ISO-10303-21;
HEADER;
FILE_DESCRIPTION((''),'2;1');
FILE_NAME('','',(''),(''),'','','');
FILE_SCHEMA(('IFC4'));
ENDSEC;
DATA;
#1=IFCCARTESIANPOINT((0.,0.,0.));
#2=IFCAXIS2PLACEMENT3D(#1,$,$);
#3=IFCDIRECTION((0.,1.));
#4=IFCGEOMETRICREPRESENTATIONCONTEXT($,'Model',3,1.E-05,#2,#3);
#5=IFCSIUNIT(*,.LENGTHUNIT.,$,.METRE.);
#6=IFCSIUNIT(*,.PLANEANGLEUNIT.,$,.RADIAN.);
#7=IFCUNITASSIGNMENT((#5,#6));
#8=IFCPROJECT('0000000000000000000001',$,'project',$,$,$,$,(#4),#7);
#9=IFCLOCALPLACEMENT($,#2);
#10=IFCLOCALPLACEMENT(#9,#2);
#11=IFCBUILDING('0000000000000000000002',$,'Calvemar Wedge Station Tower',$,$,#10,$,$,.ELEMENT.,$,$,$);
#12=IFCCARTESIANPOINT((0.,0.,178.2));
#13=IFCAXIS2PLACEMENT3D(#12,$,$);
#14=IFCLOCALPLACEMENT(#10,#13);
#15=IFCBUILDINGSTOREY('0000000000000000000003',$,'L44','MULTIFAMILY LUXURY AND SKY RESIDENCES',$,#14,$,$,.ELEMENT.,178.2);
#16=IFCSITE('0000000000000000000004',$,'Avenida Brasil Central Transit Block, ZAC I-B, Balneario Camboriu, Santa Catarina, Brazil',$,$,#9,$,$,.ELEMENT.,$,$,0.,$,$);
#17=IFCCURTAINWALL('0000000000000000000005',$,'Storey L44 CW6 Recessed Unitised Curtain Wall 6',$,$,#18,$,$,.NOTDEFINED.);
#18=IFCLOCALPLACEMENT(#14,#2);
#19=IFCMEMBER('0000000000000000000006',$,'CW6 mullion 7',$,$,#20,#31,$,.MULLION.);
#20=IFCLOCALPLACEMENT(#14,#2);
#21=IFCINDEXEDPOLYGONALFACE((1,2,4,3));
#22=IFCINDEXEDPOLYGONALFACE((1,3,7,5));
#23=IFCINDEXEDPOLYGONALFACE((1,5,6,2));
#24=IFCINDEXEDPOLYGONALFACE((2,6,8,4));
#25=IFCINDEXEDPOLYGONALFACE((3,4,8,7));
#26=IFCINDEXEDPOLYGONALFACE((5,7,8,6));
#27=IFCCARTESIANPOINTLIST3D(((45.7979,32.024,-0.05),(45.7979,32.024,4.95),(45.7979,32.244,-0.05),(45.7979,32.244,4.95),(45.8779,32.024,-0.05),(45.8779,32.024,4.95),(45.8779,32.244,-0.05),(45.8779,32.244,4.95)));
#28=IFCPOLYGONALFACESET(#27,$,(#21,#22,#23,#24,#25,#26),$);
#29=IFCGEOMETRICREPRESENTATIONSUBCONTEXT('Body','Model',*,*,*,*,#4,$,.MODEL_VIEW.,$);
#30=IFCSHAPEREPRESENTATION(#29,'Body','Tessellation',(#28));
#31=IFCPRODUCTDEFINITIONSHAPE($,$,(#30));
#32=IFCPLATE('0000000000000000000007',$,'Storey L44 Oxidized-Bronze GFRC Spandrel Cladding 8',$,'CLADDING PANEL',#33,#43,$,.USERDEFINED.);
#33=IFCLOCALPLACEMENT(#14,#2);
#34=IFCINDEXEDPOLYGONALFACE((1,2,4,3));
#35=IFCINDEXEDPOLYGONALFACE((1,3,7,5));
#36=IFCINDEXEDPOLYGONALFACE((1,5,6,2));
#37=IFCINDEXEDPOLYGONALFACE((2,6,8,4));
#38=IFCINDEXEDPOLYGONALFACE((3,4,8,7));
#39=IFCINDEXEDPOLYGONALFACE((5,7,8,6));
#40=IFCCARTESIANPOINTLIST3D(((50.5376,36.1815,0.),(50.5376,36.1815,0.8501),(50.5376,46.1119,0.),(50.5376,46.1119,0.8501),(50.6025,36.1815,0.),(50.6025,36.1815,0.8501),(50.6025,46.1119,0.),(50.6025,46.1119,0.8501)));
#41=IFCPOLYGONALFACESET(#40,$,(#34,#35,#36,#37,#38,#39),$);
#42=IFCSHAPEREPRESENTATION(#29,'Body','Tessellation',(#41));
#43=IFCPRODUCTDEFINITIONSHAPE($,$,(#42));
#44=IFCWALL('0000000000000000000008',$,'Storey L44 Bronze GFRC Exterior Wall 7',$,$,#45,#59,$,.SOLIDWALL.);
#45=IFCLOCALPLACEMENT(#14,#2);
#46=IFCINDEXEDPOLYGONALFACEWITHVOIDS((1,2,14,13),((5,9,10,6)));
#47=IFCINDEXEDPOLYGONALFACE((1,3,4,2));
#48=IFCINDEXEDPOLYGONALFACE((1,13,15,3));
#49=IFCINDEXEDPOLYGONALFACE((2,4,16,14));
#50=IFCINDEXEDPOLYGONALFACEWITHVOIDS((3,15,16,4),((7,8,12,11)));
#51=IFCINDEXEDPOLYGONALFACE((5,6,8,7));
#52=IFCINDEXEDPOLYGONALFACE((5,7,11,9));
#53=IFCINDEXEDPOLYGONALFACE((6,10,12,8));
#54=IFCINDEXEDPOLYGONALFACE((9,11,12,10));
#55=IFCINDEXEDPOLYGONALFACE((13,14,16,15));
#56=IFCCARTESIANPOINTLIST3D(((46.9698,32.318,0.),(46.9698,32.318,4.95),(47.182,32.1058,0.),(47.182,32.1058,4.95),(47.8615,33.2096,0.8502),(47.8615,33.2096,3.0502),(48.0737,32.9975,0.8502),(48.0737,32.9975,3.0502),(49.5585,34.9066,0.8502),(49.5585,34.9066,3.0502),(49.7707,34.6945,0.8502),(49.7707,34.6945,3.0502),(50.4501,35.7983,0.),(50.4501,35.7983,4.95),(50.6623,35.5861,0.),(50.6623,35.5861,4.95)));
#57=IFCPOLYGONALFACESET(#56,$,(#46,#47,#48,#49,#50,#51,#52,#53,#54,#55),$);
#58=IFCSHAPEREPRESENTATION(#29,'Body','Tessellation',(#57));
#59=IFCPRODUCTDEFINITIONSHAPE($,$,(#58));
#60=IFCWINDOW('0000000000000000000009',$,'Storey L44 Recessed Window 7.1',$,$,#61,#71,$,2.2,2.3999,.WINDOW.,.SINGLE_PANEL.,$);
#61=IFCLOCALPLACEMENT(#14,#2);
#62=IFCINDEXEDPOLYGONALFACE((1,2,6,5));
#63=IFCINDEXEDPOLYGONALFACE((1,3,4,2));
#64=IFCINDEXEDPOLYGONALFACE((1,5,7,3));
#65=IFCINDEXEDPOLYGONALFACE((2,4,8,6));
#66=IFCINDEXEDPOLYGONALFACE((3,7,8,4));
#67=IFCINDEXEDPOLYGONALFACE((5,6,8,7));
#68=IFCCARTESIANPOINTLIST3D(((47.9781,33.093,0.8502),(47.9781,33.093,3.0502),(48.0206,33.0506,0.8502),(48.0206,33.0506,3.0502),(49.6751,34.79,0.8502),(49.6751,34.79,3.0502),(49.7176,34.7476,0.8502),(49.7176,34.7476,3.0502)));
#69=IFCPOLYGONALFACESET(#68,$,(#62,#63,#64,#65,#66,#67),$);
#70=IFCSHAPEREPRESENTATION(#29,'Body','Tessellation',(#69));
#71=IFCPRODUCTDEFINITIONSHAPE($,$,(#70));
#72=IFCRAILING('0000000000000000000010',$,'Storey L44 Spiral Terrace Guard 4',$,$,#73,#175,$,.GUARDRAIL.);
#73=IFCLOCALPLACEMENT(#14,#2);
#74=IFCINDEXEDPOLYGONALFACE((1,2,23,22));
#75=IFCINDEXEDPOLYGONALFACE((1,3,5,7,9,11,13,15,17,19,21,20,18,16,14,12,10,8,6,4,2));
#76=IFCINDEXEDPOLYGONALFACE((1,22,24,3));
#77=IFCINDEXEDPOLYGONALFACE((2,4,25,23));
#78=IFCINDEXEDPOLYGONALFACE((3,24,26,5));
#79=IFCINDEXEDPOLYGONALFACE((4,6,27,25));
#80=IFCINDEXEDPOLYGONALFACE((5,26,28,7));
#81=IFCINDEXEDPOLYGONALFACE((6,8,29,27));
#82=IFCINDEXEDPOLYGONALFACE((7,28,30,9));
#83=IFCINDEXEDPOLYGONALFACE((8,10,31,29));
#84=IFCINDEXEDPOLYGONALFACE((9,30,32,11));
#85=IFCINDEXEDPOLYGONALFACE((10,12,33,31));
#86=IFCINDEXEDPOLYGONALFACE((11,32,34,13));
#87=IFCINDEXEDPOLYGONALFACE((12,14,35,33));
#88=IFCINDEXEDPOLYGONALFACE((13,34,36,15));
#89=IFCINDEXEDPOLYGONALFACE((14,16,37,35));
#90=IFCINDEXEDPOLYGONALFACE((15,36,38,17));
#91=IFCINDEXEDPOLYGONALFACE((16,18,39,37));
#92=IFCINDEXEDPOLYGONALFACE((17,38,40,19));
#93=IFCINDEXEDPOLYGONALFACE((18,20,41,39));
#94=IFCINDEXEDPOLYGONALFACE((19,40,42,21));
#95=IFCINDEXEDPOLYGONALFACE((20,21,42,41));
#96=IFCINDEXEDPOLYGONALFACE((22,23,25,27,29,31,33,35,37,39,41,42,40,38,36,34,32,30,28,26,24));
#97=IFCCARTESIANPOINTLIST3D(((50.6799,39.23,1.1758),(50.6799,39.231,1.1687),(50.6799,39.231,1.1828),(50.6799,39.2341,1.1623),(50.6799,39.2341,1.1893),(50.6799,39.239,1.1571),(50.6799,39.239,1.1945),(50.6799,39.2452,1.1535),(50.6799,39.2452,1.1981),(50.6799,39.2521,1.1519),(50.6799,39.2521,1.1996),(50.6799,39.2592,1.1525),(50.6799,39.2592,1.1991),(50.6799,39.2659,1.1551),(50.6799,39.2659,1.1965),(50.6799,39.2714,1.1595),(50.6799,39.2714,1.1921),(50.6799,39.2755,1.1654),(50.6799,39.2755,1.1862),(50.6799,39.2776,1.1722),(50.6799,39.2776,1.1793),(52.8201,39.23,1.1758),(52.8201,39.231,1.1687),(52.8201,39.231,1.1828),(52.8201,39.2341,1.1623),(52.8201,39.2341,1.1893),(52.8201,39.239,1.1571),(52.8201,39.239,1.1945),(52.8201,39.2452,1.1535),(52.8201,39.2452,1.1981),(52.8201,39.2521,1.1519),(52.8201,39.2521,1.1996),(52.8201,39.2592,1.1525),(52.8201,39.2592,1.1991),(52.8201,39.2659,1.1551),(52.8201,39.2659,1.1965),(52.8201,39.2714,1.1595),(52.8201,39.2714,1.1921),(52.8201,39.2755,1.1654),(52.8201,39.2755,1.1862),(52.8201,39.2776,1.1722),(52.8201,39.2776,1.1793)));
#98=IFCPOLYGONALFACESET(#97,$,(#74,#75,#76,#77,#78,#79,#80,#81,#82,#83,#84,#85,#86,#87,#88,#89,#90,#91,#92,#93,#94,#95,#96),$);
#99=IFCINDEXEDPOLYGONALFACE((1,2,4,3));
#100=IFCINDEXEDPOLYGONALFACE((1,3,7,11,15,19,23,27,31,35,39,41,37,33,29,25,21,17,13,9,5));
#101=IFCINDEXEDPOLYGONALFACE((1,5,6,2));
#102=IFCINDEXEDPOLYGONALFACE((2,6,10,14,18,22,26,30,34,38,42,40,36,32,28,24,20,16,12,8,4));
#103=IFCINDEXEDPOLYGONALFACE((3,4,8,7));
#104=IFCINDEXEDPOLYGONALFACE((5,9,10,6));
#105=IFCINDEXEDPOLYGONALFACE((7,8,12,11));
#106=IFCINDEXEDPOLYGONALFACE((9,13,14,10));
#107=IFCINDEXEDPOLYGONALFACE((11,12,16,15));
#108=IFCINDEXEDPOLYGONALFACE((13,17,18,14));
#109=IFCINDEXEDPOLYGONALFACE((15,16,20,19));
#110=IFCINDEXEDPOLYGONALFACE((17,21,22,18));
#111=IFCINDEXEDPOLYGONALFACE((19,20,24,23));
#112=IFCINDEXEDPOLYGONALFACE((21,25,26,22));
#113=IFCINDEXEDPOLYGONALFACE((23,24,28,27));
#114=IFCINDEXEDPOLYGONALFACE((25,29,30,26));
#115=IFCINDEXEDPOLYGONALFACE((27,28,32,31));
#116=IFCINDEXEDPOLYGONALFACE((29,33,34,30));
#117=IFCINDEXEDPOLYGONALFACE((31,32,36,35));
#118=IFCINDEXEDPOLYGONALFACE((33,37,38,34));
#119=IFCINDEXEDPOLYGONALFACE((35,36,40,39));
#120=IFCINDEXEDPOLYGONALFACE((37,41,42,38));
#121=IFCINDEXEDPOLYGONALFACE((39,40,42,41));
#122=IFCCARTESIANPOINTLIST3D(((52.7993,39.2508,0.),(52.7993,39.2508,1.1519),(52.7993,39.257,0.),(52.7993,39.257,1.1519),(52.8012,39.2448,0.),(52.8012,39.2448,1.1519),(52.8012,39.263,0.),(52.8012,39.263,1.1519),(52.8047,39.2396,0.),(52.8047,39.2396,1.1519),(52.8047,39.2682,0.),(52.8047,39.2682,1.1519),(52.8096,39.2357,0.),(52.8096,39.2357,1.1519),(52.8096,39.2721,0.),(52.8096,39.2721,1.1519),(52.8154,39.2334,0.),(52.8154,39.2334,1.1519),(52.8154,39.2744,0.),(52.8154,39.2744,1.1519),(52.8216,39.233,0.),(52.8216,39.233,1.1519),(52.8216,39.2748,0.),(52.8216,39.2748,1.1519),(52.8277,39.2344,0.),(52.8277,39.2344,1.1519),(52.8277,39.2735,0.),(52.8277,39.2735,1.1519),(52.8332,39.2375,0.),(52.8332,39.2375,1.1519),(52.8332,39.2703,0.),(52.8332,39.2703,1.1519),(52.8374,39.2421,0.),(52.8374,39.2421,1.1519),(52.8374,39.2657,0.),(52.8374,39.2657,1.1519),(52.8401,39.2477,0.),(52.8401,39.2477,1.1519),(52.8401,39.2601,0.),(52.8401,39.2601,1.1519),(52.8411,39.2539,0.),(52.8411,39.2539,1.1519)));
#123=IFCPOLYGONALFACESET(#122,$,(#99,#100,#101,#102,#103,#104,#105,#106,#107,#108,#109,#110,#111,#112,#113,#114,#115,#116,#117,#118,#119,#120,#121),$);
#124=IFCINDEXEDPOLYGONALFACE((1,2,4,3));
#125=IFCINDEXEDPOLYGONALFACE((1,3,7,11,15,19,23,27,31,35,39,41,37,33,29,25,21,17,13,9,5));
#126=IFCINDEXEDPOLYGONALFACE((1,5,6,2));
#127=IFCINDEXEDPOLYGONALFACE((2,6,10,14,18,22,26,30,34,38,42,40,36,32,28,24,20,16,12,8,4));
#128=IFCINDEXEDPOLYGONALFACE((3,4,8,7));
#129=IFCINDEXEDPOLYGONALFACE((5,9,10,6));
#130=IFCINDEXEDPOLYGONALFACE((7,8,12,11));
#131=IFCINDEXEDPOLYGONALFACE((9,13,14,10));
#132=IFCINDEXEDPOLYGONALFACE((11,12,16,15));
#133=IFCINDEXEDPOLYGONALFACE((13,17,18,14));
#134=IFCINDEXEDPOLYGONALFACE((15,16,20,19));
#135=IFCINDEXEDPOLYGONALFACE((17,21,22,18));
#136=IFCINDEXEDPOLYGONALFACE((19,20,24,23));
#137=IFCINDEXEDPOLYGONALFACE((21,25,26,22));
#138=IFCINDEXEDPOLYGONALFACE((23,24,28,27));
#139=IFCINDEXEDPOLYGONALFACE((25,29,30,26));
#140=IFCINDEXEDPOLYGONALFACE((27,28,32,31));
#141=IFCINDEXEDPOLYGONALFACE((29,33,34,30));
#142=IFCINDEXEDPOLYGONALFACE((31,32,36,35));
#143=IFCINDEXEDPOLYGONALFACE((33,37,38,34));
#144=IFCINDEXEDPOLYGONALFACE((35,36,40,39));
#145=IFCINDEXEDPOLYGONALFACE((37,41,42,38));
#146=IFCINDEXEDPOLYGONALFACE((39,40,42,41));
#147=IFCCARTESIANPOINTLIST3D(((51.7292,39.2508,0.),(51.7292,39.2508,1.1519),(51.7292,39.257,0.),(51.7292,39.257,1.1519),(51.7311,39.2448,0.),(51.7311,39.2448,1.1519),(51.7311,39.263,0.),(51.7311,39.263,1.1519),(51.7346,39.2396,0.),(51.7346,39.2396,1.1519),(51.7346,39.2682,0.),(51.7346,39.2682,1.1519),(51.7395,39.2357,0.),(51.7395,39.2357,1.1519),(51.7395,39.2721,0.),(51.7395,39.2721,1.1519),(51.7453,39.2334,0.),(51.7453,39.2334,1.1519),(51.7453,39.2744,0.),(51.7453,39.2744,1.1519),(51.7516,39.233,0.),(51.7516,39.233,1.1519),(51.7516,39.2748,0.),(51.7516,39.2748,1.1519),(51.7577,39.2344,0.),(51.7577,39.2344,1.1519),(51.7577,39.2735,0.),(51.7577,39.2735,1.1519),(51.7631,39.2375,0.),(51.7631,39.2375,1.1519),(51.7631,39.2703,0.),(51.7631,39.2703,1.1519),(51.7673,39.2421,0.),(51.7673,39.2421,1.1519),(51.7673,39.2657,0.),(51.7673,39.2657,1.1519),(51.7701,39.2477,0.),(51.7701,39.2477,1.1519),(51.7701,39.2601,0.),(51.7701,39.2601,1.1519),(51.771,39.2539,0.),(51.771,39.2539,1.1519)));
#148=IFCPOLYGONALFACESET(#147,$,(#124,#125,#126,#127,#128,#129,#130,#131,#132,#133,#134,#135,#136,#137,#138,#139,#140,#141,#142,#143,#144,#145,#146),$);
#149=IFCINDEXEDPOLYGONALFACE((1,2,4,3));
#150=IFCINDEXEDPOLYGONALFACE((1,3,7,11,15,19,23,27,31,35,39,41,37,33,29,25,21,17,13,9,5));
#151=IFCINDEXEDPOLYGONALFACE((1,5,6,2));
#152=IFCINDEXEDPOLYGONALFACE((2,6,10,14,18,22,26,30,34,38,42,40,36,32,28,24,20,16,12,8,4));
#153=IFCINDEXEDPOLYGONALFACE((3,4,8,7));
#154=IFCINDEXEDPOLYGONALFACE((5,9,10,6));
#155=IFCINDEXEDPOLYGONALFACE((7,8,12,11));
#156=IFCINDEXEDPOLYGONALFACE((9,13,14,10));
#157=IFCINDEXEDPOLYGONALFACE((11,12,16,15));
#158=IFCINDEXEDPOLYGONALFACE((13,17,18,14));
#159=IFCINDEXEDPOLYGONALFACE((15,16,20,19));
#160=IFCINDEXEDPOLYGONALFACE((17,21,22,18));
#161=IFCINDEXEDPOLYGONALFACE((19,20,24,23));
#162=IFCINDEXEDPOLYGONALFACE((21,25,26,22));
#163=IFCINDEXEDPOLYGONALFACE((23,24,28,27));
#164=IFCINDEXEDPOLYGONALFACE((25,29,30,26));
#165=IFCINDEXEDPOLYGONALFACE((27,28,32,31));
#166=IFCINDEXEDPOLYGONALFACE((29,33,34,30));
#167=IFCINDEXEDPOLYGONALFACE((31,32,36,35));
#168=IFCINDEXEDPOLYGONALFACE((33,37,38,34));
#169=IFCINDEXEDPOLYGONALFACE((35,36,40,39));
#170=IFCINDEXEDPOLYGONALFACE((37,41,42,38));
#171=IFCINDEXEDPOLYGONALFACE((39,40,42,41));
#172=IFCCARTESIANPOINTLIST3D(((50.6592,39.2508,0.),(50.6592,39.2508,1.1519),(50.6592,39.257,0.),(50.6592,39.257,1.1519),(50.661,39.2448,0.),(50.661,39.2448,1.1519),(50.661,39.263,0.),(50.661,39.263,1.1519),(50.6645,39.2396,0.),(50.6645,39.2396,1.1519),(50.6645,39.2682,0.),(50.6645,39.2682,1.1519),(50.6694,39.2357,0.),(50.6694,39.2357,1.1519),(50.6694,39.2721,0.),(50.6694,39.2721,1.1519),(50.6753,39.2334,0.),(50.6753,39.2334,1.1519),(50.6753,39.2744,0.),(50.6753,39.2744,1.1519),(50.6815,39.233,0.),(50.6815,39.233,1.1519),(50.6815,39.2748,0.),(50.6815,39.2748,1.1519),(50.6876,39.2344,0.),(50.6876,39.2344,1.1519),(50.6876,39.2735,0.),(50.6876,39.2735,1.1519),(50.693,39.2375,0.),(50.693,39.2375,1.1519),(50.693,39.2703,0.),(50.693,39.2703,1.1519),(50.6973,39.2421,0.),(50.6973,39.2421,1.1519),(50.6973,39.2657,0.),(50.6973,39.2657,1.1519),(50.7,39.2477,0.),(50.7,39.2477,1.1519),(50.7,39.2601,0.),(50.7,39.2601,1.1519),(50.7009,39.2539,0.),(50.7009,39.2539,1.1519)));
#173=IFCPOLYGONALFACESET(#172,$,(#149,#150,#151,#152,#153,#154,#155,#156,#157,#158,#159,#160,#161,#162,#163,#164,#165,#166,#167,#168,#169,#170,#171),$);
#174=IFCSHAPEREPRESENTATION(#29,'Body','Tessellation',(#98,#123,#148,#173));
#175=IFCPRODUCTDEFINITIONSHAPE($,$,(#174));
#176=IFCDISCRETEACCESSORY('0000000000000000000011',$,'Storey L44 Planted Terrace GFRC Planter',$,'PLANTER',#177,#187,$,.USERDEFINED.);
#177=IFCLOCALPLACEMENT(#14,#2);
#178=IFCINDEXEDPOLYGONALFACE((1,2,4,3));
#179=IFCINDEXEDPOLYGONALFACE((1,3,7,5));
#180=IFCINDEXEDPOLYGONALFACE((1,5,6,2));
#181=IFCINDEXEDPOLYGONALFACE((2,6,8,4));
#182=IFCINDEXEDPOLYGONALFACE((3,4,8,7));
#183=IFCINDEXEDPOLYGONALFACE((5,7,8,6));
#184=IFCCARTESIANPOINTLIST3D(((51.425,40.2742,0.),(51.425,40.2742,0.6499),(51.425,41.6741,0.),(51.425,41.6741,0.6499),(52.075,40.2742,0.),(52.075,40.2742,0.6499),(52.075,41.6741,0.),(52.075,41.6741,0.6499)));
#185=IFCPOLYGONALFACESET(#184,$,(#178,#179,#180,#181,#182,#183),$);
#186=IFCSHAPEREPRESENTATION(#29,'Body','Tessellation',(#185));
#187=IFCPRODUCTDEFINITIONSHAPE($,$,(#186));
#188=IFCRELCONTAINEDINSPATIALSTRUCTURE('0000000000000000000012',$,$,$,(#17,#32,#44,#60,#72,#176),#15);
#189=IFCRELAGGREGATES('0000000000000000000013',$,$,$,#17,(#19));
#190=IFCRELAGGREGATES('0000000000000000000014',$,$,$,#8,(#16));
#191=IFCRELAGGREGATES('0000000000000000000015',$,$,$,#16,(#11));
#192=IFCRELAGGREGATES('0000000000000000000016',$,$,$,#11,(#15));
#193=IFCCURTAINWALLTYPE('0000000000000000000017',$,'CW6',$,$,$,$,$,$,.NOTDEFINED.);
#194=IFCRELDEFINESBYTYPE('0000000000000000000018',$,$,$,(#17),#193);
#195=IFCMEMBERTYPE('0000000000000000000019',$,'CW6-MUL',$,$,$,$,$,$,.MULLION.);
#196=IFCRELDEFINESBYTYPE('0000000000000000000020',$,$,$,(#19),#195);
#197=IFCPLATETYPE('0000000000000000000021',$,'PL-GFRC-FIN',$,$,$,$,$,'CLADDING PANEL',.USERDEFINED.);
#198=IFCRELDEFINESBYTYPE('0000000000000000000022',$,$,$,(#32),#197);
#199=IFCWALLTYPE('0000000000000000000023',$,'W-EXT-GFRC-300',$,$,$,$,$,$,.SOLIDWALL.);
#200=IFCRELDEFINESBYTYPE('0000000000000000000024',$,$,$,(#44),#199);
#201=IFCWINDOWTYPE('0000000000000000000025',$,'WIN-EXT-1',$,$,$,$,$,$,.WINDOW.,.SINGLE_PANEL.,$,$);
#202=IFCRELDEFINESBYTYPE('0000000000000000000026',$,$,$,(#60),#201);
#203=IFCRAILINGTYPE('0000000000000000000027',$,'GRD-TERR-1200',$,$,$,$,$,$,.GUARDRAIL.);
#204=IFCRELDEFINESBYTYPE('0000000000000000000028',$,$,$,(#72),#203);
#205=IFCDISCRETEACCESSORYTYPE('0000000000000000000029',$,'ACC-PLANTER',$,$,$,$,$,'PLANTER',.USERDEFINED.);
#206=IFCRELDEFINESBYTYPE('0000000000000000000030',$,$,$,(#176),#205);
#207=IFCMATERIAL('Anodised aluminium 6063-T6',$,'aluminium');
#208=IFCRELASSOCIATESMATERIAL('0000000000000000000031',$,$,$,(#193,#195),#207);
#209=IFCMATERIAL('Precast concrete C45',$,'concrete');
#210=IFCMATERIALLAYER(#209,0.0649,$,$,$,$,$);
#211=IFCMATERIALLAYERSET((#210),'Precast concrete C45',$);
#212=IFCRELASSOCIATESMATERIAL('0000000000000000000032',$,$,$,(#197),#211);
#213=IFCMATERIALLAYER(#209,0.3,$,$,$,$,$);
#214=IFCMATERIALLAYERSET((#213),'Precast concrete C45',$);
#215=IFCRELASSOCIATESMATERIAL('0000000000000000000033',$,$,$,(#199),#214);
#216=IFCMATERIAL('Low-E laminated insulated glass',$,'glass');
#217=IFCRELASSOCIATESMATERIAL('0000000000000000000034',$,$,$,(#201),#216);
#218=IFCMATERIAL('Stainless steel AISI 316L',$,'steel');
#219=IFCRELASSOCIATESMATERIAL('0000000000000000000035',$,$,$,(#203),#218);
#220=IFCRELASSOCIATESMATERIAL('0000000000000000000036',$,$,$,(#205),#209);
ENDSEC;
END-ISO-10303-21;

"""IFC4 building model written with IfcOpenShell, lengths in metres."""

from ifc_helpers import new_model, si_unit, direction, frame, frame_2d, origin, origin_2d, place, context, subcontext, project, spatial, rectangle, circle, extrude, source, transform, mapped, material, layer, layer_set, material_profile, profile_set, type_object, element, fill, aggregate, save


model = new_model("IFC4")

# Units and contexts
model_context = context("Model", 3, precision=1e-05, world=origin(), true_north=direction((0.0, 1.0)))
body_context = subcontext(model_context, "Body", "Model", "MODEL_VIEW")
ifc_project = project(units=[si_unit("LENGTHUNIT", "METRE"), si_unit("PLANEANGLEUNIT", "RADIAN")], contexts=[model_context])

# Site, building, storey
site_placement = place(None, origin())
site = spatial("IfcSite", under=ifc_project, at=site_placement, Name="Avenida Brasil Central Transit Block, ZAC I-B, Balneario Camboriu, Santa Catarina, Brazil", CompositionType="ELEMENT", RefElevation=0.0)
building_placement = place(site_placement, origin())
building = spatial("IfcBuilding", under=site, at=building_placement, Name="Calvemar Wedge Station Tower", CompositionType="ELEMENT")
storey_placement = place(building_placement, frame((0.0, 0.0, 178.2)))
storey = spatial("IfcBuildingStorey", under=building, at=storey_placement, Name="L44", Description="MULTIFAMILY LUXURY AND SKY RESIDENCES", CompositionType="ELEMENT", Elevation=178.2)

# Curtain wall, member
ifc_material_1 = material(Name="Anodised aluminium 6063-T6", Category="aluminium")
curtain_wall_type = type_object("IfcCurtainWallType", Name="CW6", PredefinedType="NOTDEFINED", material=ifc_material_1)
curtain_wall_placement = place(storey_placement, origin())
curtain_wall = element("IfcCurtainWall", 1, at=curtain_wall_placement, inside=storey, type_object=curtain_wall_type, Name="Storey L44 CW6 Recessed Unitised Curtain Wall 6", PredefinedType="NOTDEFINED")
ifc_material_profile_1 = material_profile(ifc_material_1, rectangle(XDim=0.0801, YDim=0.22, at=origin_2d()), Name="AL-MUL-80x220")
ifc_profile_set_1 = profile_set([ifc_material_profile_1], Name="Anodised aluminium 6063-T6")
member_type = type_object("IfcMemberType", Name="CW6-MUL", PredefinedType="MULLION", material=ifc_profile_set_1)
shared_shape_1 = source(origin(), body_context, "Body", "SweptSolid", [
    extrude(rectangle(XDim=0.0801, YDim=0.22, at=origin_2d()), origin(), (0.0, 0.0, 1.0), 5.0),
])
member_placement = place(storey_placement, frame((45.8379, 32.134, -0.05), z_axis=(0.0, 0.0, 1.0), x_axis=(1.0, 0.0, 0.0)))
member = element("IfcMember", 2, at=member_placement, type_object=member_type, Name="CW6 mullion 7", PredefinedType="MULLION", context=body_context, shape_type="MappedRepresentation", body=[
    mapped(shared_shape_1, transform((0.0, 0.0, 0.0), scale=1.0)),
])
aggregate(curtain_wall, [member])

# Plate
ifc_material_2 = material(Name="Precast concrete C45", Category="concrete")
ifc_layer_1 = layer(ifc_material_2, 0.0649)
ifc_layer_set_1 = layer_set([ifc_layer_1], Name="Precast concrete C45")
plate_type = type_object("IfcPlateType", Name="PL-GFRC-FIN", ElementType="CLADDING PANEL", PredefinedType="USERDEFINED", material=ifc_layer_set_1)
plate_placement = place(storey_placement, frame((50.5701, 36.1814, 0.0), z_axis=(0.0, 0.0, 1.0), x_axis=(0.0, 1.0, 0.0)))
element("IfcPlate", 3, at=plate_placement, inside=storey, type_object=plate_type, Name="Storey L44 Oxidized-Bronze GFRC Spandrel Cladding 8", ObjectType="CLADDING PANEL", PredefinedType="USERDEFINED", context=body_context, shape_type="SweptSolid", body=[
    extrude(rectangle(XDim=9.9304, YDim=0.0649, at=frame_2d((4.9653, 0.0))), origin(), (0.0, 0.0, 1.0), 0.8501),
])

# Wall, opening, window
ifc_layer_2 = layer(ifc_material_2, 0.3)
ifc_layer_set_2 = layer_set([ifc_layer_2], Name="Precast concrete C45")
wall_type = type_object("IfcWallType", Name="W-EXT-GFRC-300", PredefinedType="SOLIDWALL", material=ifc_layer_set_2)
wall_1_placement = place(storey_placement, frame((47.0759, 32.2119, 0.0), z_axis=(0.0, 0.0, 1.0), x_axis=(0.707107, 0.707107, 0.0)))
wall_1 = element("IfcWall", 4, at=wall_1_placement, inside=storey, type_object=wall_type, Name="Storey L44 Bronze GFRC Exterior Wall 7", PredefinedType="SOLIDWALL", context=body_context, shape_type="SweptSolid", body=[
    extrude(rectangle(XDim=4.9219, YDim=0.3, at=frame_2d((2.4609, 0.0))), origin(), (0.0, 0.0, 1.0), 4.95),
])
shared_shape_2 = source(origin(), body_context, "Body", "SweptSolid", [
    extrude(rectangle(XDim=2.3999, YDim=2.2, at=frame_2d((1.2, 1.1001))), frame((0.0, 0.1602, 0.0), z_axis=(0.0, -1.0, 0.0), x_axis=(1.0, 0.0, 0.0)), (0.0, 0.0, 1.0), 0.3201),
])
opening_1_placement = place(wall_1_placement, frame((1.261, 0.0, 0.8501)))
opening_1 = element("IfcOpeningElement", 5, at=opening_1_placement, cuts=wall_1, PredefinedType="OPENING", context=body_context, shape_type="MappedRepresentation", body=[
    mapped(shared_shape_2, transform((0.0, 0.0, 0.0), scale=1.0)),
])
ifc_material_3 = material(Name="Low-E laminated insulated glass", Category="glass")
window_type_1 = type_object("IfcWindowType", Name="WIN-EXT-1", PartitioningType="SINGLE_PANEL", PredefinedType="WINDOW", material=ifc_material_3)
shared_shape_3 = source(origin(), body_context, "Body", "SweptSolid", [
    extrude(rectangle(XDim=2.3999, YDim=2.2, at=frame_2d((1.2, 1.1001))), frame((0.0, -0.0149, 0.0), z_axis=(0.0, -1.0, 0.0), x_axis=(1.0, 0.0, 0.0)), (0.0, 0.0, 1.0), 0.0601),
])
window_1_placement = place(opening_1_placement, origin())
window_1 = element("IfcWindow", 6, at=window_1_placement, inside=storey, type_object=window_type_1, Name="Storey L44 Recessed Window 7.1", OverallHeight=2.2, OverallWidth=2.3999, PartitioningType="SINGLE_PANEL", PredefinedType="WINDOW", context=body_context, shape_type="MappedRepresentation", body=[
    mapped(shared_shape_3, transform((0.0, 0.0, 0.0), scale=1.0)),
])
fill(opening_1, window_1)

# Railing
ifc_material_4 = material(Name="Stainless steel AISI 316L", Category="steel")
railing_type = type_object("IfcRailingType", Name="GRD-TERR-1200", PredefinedType="GUARDRAIL", material=ifc_material_4)
railing_placement = place(storey_placement, frame((52.8201, 39.2539, 0.0)))
element("IfcRailing", 7, at=railing_placement, inside=storey, type_object=railing_type, Name="Storey L44 Spiral Terrace Guard 4", PredefinedType="GUARDRAIL", context=body_context, shape_type="SweptSolid", body=[
    extrude(circle(Radius=0.0239, at=origin_2d()), frame((0.0, 0.0, 1.1758), z_axis=(-1.0, 0.0, 0.0), x_axis=(0.0, -1.0, 0.0)), (0.0, 0.0, 1.0), 2.1401),
    extrude(circle(Radius=0.021, at=origin_2d()), origin(), (0.0, 0.0, 1.0), 1.1519),
    extrude(circle(Radius=0.021, at=origin_2d()), frame((-1.0701, 0.0, 0.0)), (0.0, 0.0, 1.0), 1.1519),
    extrude(circle(Radius=0.021, at=origin_2d()), frame((-2.1401, 0.0, 0.0)), (0.0, 0.0, 1.0), 1.1519),
])

# Discrete accessory
discrete_accessory_type = type_object("IfcDiscreteAccessoryType", Name="ACC-PLANTER", ElementType="PLANTER", PredefinedType="USERDEFINED", material=ifc_material_2)
shared_shape_4 = source(origin(), body_context, "Body", "SweptSolid", [
    extrude(rectangle(XDim=0.6499, YDim=1.3999, at=origin_2d()), origin(), (0.0, 0.0, 1.0), 0.6499),
])
discrete_accessory_placement = place(storey_placement, frame((51.75, 40.9741, 0.0), z_axis=(0.0, 0.0, 1.0), x_axis=(1.0, 0.0, 0.0)))
element("IfcDiscreteAccessory", 8, at=discrete_accessory_placement, inside=storey, type_object=discrete_accessory_type, Name="Storey L44 Planted Terrace GFRC Planter", ObjectType="PLANTER", PredefinedType="USERDEFINED", context=body_context, shape_type="MappedRepresentation", body=[
    mapped(shared_shape_4, transform((0.0, 0.0, 0.0), scale=1.0)),
])

save(model, "model.ifc")
